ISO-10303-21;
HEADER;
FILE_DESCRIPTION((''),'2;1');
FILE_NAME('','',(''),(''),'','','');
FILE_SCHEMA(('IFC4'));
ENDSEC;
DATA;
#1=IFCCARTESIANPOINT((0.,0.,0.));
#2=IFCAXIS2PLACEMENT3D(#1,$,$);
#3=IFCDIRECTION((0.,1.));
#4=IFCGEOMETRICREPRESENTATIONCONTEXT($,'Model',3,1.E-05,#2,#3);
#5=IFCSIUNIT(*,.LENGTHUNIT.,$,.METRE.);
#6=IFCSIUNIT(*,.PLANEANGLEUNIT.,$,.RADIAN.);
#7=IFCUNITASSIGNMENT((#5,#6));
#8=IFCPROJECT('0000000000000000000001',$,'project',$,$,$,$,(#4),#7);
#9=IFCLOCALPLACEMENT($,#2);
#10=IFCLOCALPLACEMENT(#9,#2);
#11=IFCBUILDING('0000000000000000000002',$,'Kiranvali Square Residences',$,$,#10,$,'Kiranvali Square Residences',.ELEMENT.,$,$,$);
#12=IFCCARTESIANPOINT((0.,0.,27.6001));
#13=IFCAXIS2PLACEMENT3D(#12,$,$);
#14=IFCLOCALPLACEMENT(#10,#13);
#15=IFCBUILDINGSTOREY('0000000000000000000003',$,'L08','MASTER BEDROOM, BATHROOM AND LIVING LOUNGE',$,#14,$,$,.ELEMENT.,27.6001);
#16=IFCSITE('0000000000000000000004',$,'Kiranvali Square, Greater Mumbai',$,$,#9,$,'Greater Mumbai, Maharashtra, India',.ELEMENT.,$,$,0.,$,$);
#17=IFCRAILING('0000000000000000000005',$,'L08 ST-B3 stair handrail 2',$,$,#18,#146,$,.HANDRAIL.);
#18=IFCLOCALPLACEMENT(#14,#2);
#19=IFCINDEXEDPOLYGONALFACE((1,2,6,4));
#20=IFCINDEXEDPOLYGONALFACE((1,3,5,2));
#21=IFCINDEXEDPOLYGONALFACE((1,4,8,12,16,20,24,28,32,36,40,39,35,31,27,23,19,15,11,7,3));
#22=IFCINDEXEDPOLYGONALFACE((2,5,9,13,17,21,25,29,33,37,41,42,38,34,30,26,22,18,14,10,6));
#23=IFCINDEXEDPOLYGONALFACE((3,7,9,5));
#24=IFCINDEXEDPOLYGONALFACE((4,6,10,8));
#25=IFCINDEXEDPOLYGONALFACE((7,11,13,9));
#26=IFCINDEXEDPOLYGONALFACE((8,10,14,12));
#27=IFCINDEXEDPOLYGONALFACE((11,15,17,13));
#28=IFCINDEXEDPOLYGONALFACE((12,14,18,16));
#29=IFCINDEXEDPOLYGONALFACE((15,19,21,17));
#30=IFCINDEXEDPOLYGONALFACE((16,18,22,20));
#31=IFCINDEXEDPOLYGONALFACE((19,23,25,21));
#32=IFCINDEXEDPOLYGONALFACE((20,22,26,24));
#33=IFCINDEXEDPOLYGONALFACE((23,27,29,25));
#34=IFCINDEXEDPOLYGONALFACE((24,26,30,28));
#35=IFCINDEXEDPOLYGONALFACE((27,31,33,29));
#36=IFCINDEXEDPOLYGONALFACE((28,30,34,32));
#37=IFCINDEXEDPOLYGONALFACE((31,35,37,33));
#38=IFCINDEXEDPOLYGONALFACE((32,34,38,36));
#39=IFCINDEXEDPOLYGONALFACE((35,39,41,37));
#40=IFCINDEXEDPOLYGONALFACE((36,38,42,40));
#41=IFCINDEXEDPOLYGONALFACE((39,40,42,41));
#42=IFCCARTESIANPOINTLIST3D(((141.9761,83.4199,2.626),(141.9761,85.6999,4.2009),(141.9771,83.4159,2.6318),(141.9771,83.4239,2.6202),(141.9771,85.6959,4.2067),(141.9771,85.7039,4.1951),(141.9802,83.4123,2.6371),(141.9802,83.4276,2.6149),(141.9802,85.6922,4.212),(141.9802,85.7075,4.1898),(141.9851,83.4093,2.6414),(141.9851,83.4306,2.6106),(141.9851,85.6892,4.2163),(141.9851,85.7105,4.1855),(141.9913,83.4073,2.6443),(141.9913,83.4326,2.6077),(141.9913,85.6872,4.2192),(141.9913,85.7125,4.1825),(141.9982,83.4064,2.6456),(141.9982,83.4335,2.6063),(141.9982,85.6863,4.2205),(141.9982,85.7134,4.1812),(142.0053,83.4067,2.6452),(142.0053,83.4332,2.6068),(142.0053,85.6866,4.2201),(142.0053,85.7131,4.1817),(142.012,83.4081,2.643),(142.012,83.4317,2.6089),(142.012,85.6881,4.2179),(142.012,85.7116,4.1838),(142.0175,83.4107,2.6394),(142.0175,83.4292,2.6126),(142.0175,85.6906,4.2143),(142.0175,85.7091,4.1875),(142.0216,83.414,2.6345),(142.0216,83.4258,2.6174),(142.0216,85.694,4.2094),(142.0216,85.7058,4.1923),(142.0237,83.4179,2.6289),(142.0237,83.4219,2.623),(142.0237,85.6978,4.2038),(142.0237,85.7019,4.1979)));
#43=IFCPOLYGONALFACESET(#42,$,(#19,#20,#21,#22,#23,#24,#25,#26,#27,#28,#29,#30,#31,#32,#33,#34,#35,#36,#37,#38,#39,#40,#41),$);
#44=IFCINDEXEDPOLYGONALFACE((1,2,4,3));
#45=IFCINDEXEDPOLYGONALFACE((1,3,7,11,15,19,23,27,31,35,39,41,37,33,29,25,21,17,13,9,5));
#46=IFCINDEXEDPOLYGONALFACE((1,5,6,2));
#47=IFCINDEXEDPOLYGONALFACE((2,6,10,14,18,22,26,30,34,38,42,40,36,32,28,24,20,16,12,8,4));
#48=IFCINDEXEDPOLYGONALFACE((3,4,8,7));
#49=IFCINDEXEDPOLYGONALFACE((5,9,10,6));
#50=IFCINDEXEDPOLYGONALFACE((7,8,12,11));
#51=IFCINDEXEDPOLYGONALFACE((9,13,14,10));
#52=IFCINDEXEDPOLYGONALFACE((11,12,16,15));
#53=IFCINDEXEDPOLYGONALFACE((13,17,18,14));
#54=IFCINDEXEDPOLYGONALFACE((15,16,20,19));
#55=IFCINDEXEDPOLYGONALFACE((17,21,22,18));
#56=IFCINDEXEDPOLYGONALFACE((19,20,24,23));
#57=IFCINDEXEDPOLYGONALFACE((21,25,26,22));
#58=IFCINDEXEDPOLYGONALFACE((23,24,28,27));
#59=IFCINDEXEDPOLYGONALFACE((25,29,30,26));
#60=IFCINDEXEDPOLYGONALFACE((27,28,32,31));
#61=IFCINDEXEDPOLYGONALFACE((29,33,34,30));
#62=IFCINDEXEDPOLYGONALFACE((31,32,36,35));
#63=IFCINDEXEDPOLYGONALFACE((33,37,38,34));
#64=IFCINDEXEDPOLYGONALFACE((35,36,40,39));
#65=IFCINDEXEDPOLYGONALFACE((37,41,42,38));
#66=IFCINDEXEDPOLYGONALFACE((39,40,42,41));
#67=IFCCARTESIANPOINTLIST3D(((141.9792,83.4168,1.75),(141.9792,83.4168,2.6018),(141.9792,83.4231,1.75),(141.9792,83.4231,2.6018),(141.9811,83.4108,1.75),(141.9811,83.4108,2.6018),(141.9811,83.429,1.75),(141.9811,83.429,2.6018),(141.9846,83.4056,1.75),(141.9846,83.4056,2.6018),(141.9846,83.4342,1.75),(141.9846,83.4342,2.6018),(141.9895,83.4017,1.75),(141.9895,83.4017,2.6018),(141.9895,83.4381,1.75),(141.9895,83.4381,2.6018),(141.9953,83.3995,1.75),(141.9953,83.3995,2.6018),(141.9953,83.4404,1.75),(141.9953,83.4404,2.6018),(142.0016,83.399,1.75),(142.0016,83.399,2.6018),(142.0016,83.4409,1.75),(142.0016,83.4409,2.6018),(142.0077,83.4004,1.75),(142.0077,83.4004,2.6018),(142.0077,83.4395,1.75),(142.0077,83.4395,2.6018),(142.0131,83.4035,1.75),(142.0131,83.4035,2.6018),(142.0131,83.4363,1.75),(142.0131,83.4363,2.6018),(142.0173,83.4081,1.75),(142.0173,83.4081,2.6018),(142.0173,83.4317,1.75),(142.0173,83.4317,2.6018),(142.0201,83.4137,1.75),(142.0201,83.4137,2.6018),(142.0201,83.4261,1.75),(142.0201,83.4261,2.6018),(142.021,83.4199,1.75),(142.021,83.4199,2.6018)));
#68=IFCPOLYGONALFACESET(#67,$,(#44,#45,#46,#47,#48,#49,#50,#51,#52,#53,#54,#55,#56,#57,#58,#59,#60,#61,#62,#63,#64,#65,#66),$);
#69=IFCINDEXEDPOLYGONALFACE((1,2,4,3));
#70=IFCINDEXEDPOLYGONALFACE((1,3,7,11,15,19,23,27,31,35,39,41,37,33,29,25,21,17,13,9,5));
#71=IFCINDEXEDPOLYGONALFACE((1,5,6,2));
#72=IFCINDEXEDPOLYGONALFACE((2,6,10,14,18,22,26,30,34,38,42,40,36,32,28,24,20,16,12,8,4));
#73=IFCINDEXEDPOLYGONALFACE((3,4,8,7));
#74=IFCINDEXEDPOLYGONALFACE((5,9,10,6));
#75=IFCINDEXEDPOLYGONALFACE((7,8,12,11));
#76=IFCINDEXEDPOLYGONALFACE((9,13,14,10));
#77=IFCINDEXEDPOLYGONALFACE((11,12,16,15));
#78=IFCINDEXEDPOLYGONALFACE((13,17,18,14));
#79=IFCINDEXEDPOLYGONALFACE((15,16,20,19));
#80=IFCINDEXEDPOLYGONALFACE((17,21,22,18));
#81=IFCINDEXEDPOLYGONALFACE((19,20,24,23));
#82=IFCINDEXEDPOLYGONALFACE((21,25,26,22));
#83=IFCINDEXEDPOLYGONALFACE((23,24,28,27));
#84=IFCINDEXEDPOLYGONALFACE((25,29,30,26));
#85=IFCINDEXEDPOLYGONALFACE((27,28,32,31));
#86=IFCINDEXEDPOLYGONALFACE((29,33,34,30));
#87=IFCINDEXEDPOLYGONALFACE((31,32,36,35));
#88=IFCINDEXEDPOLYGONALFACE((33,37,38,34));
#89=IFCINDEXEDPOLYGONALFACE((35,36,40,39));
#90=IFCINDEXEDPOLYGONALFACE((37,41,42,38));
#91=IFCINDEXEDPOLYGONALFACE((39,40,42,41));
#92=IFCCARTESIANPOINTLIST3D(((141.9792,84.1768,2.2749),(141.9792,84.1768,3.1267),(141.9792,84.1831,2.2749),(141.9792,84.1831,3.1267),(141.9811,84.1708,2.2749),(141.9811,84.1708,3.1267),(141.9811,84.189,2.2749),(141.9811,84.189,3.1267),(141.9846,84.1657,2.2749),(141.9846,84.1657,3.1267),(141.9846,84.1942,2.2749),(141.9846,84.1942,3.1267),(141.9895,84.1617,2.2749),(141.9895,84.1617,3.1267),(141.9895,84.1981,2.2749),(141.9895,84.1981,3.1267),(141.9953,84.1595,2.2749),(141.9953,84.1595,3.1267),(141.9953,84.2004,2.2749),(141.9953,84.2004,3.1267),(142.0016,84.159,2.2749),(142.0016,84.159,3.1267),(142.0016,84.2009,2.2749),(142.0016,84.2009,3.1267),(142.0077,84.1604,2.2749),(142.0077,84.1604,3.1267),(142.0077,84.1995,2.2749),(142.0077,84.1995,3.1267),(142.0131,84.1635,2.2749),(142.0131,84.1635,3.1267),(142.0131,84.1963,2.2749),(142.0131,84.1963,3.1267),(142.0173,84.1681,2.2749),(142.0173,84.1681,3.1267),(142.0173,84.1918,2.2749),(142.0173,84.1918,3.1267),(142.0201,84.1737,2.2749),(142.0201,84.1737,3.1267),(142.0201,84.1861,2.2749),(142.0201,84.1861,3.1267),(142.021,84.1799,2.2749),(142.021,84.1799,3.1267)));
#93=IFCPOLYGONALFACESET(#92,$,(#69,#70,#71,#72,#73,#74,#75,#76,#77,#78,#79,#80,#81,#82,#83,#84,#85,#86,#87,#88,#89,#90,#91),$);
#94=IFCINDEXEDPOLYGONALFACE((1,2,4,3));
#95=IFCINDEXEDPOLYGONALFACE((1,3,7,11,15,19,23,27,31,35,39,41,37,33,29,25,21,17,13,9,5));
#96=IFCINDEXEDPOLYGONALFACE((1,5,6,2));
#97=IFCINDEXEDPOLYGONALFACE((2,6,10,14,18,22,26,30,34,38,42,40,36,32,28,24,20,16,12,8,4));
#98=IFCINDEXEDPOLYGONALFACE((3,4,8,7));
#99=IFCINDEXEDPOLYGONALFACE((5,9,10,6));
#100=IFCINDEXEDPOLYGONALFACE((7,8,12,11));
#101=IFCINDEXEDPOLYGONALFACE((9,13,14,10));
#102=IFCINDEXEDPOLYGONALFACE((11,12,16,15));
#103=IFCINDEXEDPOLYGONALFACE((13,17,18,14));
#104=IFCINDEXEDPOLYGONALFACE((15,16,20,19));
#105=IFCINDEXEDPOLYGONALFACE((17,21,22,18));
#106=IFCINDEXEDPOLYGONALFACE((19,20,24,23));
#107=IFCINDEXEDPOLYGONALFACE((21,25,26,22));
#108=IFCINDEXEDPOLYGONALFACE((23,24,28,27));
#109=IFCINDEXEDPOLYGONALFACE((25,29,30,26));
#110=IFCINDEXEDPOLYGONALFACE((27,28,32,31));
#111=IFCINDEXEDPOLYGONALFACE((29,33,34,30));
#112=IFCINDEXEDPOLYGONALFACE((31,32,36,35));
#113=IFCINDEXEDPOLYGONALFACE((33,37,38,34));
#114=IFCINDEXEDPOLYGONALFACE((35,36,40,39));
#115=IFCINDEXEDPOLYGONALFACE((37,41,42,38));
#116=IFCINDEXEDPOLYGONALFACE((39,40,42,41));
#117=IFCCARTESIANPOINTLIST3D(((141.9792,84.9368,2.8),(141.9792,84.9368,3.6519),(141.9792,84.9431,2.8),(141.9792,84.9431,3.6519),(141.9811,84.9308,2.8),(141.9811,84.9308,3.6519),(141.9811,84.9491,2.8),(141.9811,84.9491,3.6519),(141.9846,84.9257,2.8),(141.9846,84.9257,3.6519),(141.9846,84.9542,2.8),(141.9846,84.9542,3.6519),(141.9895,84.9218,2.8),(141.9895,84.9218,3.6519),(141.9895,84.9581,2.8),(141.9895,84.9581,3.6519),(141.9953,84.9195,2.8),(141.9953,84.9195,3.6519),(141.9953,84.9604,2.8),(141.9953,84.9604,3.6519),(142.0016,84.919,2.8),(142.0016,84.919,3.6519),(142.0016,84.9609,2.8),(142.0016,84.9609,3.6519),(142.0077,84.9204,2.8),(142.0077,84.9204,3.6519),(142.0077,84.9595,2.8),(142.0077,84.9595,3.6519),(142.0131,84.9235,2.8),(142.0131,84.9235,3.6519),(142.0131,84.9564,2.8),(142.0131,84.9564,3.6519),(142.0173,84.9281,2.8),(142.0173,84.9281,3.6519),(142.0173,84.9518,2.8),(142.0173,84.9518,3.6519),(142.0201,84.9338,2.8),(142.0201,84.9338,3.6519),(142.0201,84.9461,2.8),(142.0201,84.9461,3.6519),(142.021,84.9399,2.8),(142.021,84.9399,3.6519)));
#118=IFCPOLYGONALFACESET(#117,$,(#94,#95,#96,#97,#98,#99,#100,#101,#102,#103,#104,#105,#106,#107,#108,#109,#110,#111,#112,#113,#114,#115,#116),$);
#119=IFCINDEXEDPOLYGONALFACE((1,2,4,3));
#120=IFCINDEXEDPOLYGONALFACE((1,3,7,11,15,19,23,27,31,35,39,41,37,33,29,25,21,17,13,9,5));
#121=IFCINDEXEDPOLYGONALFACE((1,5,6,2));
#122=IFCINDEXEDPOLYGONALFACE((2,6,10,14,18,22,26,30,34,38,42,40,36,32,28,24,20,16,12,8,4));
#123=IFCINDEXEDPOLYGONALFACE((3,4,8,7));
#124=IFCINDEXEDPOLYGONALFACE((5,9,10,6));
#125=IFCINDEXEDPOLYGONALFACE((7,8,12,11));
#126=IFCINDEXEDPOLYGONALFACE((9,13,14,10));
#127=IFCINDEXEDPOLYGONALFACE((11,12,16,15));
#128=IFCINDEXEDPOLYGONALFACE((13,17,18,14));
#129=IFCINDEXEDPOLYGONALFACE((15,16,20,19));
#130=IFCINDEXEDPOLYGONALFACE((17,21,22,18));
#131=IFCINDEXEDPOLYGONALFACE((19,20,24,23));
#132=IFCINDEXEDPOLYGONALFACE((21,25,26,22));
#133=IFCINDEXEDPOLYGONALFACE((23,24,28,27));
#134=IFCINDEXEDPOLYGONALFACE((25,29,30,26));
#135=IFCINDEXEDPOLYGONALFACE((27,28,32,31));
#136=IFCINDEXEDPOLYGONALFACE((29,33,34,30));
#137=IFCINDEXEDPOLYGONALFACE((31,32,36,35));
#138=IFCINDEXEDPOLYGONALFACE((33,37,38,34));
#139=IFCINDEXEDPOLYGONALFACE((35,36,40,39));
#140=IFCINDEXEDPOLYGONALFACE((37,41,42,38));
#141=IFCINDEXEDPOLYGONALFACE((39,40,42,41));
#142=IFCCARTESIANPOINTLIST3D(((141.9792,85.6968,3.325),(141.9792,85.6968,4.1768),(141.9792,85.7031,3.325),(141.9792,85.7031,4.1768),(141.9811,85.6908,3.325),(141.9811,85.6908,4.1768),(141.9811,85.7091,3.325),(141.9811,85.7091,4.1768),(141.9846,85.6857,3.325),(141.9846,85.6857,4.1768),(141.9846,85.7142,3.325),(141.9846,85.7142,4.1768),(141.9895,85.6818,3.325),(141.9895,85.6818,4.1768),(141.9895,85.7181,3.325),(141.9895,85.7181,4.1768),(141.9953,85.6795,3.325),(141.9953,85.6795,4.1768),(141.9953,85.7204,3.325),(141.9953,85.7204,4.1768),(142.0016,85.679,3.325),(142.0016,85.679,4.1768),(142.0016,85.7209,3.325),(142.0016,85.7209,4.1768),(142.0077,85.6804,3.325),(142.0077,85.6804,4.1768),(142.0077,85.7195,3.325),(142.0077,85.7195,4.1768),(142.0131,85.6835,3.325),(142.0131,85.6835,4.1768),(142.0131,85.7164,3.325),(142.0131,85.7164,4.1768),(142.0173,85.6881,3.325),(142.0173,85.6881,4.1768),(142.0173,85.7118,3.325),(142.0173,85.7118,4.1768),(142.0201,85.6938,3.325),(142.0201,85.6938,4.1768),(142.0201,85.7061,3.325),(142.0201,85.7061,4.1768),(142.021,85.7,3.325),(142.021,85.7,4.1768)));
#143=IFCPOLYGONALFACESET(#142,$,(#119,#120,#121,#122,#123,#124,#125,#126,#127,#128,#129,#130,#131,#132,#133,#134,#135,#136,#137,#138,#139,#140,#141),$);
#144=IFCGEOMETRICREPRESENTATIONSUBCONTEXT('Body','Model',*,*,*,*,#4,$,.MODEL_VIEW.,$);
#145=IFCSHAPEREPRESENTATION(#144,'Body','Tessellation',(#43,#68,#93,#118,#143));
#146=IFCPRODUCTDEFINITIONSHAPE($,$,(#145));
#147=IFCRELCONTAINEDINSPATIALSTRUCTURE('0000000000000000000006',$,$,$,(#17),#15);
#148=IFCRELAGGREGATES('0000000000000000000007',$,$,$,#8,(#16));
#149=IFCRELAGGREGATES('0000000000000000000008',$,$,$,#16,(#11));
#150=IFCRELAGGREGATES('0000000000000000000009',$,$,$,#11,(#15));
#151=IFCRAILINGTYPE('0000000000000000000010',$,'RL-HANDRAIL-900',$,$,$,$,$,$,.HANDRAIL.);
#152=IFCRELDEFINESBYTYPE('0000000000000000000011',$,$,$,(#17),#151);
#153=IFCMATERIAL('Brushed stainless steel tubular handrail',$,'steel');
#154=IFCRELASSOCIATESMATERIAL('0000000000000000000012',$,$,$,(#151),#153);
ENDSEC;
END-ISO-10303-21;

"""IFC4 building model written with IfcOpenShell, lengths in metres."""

from ifc_helpers import new_model, si_unit, direction, frame, origin, origin_2d, place, context, subcontext, project, spatial, circle, extrude, material, type_object, element, save


model = new_model("IFC4")

# Units and contexts
model_context = context("Model", 3, precision=1e-05, world=origin(), true_north=direction((0.0, 1.0)))
body_context = subcontext(model_context, "Body", "Model", "MODEL_VIEW")
ifc_project = project(units=[si_unit("LENGTHUNIT", "METRE"), si_unit("PLANEANGLEUNIT", "RADIAN")], contexts=[model_context])

# Site, building, storey
site_placement = place(None, origin())
site = spatial("IfcSite", under=ifc_project, at=site_placement, Name="Kiranvali Square, Greater Mumbai", LongName="Greater Mumbai, Maharashtra, India", CompositionType="ELEMENT", RefElevation=0.0)
building_placement = place(site_placement, origin())
building = spatial("IfcBuilding", under=site, at=building_placement, Name="Kiranvali Square Residences", LongName="Kiranvali Square Residences", CompositionType="ELEMENT")
storey_placement = place(building_placement, frame((0.0, 0.0, 27.6001)))
storey = spatial("IfcBuildingStorey", under=building, at=storey_placement, Name="L08", Description="MASTER BEDROOM, BATHROOM AND LIVING LOUNGE", CompositionType="ELEMENT", Elevation=27.6001)

# Railing
ifc_material_1 = material(Name="Brushed stainless steel tubular handrail", Category="steel")
railing_type_1 = type_object("IfcRailingType", Name="RL-HANDRAIL-900", PredefinedType="HANDRAIL", material=ifc_material_1)
railing_1_placement = place(storey_placement, frame((142.0, 83.4199, 1.75)))
element("IfcRailing", 1, at=railing_1_placement, inside=storey, type_object=railing_type_1, Name="L08 ST-B3 stair handrail 2", PredefinedType="HANDRAIL", context=body_context, shape_type="SweptSolid", body=[
    extrude(circle(Radius=0.0239, at=origin_2d()), frame((0.0, 0.0, 0.876), z_axis=(0.0, 0.822788, 0.568348), x_axis=(-1.0, 0.0, 0.0)), (0.0, 0.0, 1.0), 2.771),
    extrude(circle(Radius=0.021, at=origin_2d()), origin(), (0.0, 0.0, 1.0), 0.8518),
    extrude(circle(Radius=0.021, at=origin_2d()), frame((0.0, 0.76, 0.5249)), (0.0, 0.0, 1.0), 0.8518),
    extrude(circle(Radius=0.021, at=origin_2d()), frame((0.0, 1.52, 1.05)), (0.0, 0.0, 1.0), 0.8518),
    extrude(circle(Radius=0.021, at=origin_2d()), frame((0.0, 2.28, 1.575)), (0.0, 0.0, 1.0), 0.8518),
])

save(model, "model.ifc")
